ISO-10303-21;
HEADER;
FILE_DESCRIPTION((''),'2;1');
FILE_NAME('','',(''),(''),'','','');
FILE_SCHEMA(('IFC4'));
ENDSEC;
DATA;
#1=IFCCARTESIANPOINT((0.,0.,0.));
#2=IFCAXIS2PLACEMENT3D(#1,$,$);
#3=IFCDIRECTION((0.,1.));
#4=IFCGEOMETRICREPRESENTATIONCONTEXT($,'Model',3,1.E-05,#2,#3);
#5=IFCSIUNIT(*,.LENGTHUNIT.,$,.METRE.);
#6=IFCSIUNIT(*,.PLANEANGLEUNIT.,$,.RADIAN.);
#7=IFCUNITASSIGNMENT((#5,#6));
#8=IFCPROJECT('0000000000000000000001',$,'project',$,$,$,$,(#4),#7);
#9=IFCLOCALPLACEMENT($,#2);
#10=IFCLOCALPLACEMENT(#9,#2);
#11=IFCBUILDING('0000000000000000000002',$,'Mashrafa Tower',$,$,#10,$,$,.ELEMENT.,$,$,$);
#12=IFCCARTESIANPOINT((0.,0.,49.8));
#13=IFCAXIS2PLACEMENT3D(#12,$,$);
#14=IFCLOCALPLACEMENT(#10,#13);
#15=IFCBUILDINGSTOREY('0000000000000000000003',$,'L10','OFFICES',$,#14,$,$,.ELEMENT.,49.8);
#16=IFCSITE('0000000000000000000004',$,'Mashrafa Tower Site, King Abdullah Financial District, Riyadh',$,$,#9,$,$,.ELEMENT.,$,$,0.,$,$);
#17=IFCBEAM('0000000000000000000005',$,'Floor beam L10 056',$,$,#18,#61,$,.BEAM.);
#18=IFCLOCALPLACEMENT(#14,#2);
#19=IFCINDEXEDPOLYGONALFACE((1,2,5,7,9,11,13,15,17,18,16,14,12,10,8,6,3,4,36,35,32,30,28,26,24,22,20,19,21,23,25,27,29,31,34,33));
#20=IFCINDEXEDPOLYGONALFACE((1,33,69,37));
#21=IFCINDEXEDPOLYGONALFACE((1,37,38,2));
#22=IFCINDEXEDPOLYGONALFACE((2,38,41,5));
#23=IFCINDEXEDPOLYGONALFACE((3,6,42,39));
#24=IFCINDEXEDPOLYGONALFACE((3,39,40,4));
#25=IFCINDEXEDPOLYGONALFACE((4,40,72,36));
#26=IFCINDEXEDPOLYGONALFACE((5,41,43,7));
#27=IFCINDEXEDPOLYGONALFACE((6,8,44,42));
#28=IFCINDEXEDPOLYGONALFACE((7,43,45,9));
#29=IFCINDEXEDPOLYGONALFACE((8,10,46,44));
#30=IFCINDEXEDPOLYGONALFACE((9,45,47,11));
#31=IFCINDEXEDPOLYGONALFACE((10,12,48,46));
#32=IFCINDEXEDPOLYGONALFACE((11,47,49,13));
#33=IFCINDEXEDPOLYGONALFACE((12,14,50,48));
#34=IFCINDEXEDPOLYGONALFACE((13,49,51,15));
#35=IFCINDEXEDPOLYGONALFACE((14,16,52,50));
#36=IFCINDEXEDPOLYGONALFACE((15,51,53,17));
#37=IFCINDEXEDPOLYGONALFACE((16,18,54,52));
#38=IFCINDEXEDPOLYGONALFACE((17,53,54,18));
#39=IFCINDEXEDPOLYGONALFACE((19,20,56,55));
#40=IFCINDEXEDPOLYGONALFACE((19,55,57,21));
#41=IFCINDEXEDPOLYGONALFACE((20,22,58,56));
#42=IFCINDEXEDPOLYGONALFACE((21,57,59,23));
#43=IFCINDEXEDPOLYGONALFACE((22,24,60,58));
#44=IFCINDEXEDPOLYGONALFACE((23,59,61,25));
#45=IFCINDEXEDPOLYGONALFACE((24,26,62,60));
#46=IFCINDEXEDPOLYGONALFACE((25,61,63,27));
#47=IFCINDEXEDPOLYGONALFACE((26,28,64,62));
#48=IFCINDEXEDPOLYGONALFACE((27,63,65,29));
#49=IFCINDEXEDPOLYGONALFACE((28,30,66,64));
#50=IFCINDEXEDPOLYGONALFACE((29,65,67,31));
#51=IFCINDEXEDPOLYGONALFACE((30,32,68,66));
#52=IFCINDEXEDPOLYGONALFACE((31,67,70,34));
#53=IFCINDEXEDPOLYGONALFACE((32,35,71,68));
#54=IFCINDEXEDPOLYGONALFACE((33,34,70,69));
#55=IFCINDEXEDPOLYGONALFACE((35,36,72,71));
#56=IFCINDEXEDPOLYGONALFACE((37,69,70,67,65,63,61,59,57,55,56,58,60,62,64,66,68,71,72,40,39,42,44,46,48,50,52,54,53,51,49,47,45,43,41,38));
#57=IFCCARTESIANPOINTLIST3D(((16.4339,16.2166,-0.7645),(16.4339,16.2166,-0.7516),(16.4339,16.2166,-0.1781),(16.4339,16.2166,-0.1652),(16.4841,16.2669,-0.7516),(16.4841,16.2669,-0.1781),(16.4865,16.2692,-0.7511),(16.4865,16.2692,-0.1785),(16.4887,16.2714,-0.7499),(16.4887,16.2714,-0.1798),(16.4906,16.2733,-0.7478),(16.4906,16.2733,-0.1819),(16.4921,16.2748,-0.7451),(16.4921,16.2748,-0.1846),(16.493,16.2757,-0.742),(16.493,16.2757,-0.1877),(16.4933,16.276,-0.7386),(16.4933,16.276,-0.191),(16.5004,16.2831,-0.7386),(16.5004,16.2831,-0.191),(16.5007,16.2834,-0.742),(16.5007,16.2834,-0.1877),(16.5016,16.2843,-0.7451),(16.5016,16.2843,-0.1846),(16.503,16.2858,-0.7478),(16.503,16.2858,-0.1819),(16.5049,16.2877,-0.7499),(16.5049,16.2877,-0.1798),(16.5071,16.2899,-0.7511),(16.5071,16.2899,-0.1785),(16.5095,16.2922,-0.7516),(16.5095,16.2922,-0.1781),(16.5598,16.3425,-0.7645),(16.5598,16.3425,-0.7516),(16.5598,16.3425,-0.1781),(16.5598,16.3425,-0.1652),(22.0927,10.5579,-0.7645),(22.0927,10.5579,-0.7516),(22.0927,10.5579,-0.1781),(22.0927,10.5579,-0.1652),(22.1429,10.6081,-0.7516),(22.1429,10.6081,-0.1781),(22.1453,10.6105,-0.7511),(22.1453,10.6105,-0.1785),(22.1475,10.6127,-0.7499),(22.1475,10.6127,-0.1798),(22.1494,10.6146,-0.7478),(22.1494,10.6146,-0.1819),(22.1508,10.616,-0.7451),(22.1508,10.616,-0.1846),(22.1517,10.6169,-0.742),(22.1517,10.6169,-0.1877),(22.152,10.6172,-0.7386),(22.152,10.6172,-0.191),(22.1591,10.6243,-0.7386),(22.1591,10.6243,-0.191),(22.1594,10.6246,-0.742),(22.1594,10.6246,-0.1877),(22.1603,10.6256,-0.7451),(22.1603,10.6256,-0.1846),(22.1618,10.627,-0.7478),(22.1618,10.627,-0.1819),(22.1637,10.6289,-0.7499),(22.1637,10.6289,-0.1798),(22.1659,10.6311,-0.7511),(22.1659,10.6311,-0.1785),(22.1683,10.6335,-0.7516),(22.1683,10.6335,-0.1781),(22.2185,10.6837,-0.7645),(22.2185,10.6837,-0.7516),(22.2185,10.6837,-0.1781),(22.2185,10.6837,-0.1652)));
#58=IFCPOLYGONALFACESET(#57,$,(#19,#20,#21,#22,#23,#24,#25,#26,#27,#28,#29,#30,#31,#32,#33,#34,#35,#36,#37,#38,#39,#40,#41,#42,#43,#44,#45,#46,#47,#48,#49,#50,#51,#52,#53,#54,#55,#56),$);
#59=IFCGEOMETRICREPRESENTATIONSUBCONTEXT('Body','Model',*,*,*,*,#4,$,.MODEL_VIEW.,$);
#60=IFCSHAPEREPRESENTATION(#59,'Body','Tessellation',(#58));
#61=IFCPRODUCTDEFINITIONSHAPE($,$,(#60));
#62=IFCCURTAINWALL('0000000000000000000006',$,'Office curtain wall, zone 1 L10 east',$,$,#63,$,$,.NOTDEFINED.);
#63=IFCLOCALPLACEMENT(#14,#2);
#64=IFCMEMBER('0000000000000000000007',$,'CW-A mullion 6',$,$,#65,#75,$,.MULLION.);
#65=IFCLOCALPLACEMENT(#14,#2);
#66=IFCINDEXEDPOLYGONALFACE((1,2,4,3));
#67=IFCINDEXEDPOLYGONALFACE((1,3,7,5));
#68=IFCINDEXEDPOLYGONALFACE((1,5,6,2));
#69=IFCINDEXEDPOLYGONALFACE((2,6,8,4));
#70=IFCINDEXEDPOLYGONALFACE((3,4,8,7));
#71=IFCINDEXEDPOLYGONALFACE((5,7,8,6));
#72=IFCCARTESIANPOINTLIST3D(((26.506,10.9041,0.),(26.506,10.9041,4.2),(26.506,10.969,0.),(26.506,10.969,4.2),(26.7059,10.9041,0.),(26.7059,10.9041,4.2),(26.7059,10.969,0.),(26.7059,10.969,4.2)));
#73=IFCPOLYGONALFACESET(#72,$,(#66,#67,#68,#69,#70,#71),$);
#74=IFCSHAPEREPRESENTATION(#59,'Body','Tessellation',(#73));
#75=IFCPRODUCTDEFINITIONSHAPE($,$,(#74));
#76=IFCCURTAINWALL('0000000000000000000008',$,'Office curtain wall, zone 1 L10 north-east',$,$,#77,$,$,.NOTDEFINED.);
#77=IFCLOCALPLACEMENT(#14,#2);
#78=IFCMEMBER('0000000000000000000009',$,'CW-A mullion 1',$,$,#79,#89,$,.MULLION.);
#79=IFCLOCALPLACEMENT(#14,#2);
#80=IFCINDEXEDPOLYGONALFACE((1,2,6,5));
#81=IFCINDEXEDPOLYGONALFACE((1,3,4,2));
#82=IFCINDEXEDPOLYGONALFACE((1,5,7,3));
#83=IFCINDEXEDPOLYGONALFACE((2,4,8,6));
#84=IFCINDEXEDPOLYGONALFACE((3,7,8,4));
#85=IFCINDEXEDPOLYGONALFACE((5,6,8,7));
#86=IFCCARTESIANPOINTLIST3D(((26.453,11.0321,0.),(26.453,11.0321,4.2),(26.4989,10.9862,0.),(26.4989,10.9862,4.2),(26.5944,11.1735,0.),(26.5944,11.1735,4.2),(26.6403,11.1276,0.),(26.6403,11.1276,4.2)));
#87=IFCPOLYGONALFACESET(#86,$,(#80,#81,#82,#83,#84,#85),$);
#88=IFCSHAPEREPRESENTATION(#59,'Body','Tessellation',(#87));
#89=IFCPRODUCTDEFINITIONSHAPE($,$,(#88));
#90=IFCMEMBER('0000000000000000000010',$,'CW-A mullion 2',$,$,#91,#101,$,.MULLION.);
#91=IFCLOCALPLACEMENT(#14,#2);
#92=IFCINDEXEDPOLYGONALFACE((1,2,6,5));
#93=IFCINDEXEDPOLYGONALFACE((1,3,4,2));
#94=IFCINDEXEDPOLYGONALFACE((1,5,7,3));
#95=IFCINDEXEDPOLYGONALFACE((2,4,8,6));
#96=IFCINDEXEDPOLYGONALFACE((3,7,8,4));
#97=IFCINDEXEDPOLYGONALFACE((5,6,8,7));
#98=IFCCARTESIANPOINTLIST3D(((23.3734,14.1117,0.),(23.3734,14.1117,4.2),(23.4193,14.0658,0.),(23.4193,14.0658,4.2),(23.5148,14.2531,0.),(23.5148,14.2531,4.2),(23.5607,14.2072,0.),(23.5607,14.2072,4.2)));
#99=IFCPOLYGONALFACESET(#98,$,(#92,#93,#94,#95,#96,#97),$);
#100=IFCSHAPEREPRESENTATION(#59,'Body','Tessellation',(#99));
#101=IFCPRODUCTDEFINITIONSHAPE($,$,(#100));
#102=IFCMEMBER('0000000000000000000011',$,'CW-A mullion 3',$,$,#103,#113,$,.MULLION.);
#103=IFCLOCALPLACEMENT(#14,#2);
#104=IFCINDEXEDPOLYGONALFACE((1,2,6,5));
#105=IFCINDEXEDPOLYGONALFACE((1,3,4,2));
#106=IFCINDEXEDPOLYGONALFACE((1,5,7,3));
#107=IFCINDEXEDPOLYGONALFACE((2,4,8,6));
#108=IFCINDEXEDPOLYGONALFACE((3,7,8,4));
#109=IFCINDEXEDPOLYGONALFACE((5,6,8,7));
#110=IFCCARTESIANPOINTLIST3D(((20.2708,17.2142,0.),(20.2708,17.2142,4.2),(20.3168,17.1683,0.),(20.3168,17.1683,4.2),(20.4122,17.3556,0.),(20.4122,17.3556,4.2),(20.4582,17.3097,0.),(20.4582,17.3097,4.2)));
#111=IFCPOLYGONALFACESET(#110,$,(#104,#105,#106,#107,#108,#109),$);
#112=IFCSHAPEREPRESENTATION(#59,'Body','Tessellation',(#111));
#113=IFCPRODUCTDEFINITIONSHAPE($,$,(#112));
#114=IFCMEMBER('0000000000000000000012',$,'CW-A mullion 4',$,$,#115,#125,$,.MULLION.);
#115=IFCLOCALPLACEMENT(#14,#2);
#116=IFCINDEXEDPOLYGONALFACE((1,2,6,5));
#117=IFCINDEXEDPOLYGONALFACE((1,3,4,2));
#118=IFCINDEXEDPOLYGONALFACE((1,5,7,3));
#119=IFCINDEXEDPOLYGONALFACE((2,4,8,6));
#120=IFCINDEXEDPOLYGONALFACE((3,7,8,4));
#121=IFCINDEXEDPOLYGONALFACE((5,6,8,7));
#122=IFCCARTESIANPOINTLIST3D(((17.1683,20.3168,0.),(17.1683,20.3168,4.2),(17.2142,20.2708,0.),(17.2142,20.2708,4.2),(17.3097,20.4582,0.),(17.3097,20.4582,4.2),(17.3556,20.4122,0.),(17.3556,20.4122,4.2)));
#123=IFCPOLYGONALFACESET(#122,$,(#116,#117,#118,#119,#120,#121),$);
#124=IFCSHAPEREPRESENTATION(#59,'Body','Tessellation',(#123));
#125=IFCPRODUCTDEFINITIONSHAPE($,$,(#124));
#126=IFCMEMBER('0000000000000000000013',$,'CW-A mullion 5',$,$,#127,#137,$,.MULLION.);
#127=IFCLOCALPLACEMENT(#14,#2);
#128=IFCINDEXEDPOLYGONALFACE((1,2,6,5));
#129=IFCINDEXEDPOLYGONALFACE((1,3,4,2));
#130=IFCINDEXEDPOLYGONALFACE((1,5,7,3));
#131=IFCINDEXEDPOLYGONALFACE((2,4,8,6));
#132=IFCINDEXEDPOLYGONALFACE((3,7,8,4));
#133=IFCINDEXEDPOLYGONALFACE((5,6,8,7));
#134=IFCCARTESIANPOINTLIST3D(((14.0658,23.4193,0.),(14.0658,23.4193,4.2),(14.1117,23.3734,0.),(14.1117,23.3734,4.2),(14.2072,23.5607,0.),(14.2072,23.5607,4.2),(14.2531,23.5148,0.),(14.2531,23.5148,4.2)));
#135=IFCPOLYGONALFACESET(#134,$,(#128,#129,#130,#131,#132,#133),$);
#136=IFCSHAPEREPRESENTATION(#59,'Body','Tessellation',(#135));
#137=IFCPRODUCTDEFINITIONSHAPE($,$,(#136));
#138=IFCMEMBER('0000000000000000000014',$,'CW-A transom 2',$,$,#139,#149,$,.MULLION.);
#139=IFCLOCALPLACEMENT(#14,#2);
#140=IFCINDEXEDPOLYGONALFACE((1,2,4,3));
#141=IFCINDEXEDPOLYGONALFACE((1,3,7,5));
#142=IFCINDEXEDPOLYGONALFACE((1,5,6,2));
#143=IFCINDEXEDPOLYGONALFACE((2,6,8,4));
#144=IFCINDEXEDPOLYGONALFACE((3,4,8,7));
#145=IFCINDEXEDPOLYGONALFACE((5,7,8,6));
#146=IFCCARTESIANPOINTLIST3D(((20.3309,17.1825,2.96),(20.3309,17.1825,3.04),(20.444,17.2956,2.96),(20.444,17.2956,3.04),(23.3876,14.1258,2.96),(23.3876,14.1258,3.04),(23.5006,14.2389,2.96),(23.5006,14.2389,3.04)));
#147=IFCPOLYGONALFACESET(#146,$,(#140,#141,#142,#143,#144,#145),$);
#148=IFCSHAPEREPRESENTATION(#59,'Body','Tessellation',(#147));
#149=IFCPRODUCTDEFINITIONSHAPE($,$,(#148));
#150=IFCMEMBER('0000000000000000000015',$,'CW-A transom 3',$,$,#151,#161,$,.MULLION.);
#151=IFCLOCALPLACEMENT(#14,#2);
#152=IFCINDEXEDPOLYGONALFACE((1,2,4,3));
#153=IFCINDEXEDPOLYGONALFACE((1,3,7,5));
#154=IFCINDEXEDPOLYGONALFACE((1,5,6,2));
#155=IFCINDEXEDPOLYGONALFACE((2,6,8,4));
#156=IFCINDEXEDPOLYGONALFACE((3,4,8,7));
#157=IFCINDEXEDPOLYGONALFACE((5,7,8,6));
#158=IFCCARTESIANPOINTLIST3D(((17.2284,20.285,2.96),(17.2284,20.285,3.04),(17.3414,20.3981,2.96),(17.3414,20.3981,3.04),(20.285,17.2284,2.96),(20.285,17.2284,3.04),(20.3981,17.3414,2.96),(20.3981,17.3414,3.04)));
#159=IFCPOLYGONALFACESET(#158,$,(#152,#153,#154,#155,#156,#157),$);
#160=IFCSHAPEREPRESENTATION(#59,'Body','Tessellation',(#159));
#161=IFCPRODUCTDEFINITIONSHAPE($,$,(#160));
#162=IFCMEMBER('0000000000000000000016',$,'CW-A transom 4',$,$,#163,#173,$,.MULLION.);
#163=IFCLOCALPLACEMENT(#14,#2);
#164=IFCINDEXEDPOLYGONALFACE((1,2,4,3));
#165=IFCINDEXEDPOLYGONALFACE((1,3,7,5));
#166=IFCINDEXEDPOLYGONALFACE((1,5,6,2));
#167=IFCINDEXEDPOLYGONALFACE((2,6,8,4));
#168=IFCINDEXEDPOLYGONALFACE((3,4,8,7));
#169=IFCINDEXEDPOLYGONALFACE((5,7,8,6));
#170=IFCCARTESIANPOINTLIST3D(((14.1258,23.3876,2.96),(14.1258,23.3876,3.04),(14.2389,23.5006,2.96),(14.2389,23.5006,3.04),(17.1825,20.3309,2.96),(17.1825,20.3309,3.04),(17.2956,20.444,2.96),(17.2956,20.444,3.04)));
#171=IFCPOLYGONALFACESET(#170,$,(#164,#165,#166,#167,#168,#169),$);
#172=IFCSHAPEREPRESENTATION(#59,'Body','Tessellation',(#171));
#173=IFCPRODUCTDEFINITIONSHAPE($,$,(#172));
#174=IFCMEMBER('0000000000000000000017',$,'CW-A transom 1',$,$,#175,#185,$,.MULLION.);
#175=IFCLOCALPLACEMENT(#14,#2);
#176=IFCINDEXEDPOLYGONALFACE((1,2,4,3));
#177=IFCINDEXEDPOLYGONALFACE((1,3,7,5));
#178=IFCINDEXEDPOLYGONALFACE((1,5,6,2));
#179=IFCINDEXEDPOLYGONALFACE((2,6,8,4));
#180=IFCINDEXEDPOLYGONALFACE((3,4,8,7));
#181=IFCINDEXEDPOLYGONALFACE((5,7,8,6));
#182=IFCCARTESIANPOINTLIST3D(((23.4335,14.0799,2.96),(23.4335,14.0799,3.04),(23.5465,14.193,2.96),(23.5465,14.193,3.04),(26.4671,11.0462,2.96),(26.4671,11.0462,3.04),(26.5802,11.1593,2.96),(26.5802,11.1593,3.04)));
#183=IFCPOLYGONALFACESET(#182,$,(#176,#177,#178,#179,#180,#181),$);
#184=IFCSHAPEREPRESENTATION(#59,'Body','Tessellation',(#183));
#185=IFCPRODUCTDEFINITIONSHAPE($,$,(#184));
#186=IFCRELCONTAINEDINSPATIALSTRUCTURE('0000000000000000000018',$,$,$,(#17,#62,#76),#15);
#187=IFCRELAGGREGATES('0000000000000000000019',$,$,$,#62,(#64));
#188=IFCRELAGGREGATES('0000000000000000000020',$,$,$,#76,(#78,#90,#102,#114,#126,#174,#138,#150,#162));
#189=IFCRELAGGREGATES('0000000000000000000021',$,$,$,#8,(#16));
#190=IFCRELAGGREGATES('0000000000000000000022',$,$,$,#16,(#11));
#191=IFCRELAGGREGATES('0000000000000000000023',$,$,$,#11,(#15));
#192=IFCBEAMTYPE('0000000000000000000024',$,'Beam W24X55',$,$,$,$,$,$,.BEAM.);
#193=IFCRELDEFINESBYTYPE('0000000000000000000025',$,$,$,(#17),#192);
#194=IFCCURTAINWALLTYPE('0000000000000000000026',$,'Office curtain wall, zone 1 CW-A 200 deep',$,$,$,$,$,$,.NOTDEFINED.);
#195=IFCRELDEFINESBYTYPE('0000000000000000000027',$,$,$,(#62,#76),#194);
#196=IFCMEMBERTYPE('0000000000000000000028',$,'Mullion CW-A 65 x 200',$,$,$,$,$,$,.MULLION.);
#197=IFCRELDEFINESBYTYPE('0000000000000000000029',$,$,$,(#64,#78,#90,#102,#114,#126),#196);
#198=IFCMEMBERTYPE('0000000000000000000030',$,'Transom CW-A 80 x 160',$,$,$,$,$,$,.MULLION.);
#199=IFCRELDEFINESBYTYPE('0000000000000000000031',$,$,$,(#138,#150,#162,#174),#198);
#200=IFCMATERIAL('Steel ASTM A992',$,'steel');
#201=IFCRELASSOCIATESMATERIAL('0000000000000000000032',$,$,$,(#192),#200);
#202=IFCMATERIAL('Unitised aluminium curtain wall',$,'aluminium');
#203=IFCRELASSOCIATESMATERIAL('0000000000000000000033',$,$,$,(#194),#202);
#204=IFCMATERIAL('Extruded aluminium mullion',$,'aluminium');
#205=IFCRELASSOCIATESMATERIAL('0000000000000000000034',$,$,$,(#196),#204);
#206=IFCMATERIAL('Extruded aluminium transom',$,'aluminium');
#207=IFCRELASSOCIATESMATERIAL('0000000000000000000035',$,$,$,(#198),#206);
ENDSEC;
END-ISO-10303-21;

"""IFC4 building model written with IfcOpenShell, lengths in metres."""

from ifc_helpers import new_model, si_unit, direction, frame, origin, origin_2d, place, context, subcontext, project, spatial, rectangle, i_section, extrude, source, transform, mapped, material, material_profile, profile_set, type_object, type_shapes, element, aggregate, save


model = new_model("IFC4")

# Units and contexts
model_context = context("Model", 3, precision=1e-05, world=origin(), true_north=direction((0.0, 1.0)))
body_context = subcontext(model_context, "Body", "Model", "MODEL_VIEW")
ifc_project = project(units=[si_unit("LENGTHUNIT", "METRE"), si_unit("PLANEANGLEUNIT", "RADIAN")], contexts=[model_context])

# Site, building, storey
site_placement = place(None, origin())
site = spatial("IfcSite", under=ifc_project, at=site_placement, Name="Mashrafa Tower Site, King Abdullah Financial District, Riyadh", CompositionType="ELEMENT", RefElevation=0.0)
building_placement = place(site_placement, origin())
building = spatial("IfcBuilding", under=site, at=building_placement, Name="Mashrafa Tower", CompositionType="ELEMENT")
storey_placement = place(building_placement, frame((0.0, 0.0, 49.8)))
storey = spatial("IfcBuildingStorey", under=building, at=storey_placement, Name="L10", Description="OFFICES", CompositionType="ELEMENT", Elevation=49.8)

# Beam
ifc_material_1 = material(Name="Steel ASTM A992", Category="steel")
ifc_material_profile_1 = material_profile(ifc_material_1, i_section(OverallWidth=0.178, OverallDepth=0.5994, WebThickness=0.01, FlangeThickness=0.0129, FilletRadius=0.0129, at=origin_2d()), Name="W24X55")
ifc_profile_set_1 = profile_set([ifc_material_profile_1], Name="Steel ASTM A992")
beam_type_1 = type_object("IfcBeamType", Name="Beam W24X55", PredefinedType="BEAM", material=ifc_profile_set_1)
beam_1_placement = place(storey_placement, frame((16.4968, 16.2795, -0.4648), z_axis=(0.707107, -0.707107, 0.0), x_axis=(0.707107, 0.707107, 0.0)))
element("IfcBeam", 1, at=beam_1_placement, inside=storey, type_object=beam_type_1, Name="Floor beam L10 056", PredefinedType="BEAM", context=body_context, shape_type="SweptSolid", body=[
    extrude(i_section(OverallWidth=0.178, OverallDepth=0.5994, WebThickness=0.01, FlangeThickness=0.0129, FilletRadius=0.0129, at=origin_2d()), origin(), (0.0, 0.0, 1.0), 8.0027),
])

# Curtain wall, member
ifc_material_2 = material(Name="Unitised aluminium curtain wall", Category="aluminium")
curtain_wall_type = type_object("IfcCurtainWallType", Name="Office curtain wall, zone 1 CW-A 200 deep", PredefinedType="NOTDEFINED", material=ifc_material_2)
curtain_wall_1_placement = place(storey_placement, origin())
curtain_wall_1 = element("IfcCurtainWall", 2, at=curtain_wall_1_placement, inside=storey, type_object=curtain_wall_type, Name="Office curtain wall, zone 1 L10 east", PredefinedType="NOTDEFINED")
ifc_material_3 = material(Name="Extruded aluminium mullion", Category="aluminium")
ifc_material_profile_2 = material_profile(ifc_material_3, rectangle(XDim=0.2, YDim=0.0649, at=origin_2d()), Name="Mullion 65x200")
ifc_profile_set_2 = profile_set([ifc_material_profile_2], Name="Extruded aluminium mullion")
member_type_1 = type_object("IfcMemberType", Name="Mullion CW-A 65 x 200", PredefinedType="MULLION", material=ifc_profile_set_2)
shared_shape_1 = source(origin(), body_context, "Body", "SweptSolid", [
    extrude(rectangle(XDim=0.2, YDim=0.0649, at=origin_2d()), origin(), (0.0, 0.0, 1.0), 4.2),
])
type_shapes(member_type_1, [shared_shape_1])
member_1_placement = place(storey_placement, frame((26.606, 10.9365, 0.0), z_axis=(0.0, 0.0, 1.0), x_axis=(-1.0, 0.0, 0.0)))
member_1 = element("IfcMember", 3, at=member_1_placement, type_object=member_type_1, Name="CW-A mullion 6", PredefinedType="MULLION", context=body_context, shape_type="MappedRepresentation", body=[
    mapped(shared_shape_1, transform((0.0, 0.0, 0.0))),
])
aggregate(curtain_wall_1, [member_1])

# Curtain wall, members
curtain_wall_2_placement = place(storey_placement, origin())
curtain_wall_2 = element("IfcCurtainWall", 4, at=curtain_wall_2_placement, inside=storey, type_object=curtain_wall_type, Name="Office curtain wall, zone 1 L10 north-east", PredefinedType="NOTDEFINED")
member_2_placement = place(storey_placement, frame((26.5466, 11.0798, 0.0), z_axis=(0.0, 0.0, 1.0), x_axis=(-0.707107, -0.707107, 0.0)))
member_2 = element("IfcMember", 5, at=member_2_placement, type_object=member_type_1, Name="CW-A mullion 1", PredefinedType="MULLION", context=body_context, shape_type="MappedRepresentation", body=[
    mapped(shared_shape_1, transform((0.0, 0.0, 0.0))),
])
member_3_placement = place(storey_placement, frame((23.467, 14.1594, 0.0), z_axis=(0.0, 0.0, 1.0), x_axis=(-0.707107, -0.707107, 0.0)))
member_3 = element("IfcMember", 6, at=member_3_placement, type_object=member_type_1, Name="CW-A mullion 2", PredefinedType="MULLION", context=body_context, shape_type="MappedRepresentation", body=[
    mapped(shared_shape_1, transform((0.0, 0.0, 0.0))),
])
member_4_placement = place(storey_placement, frame((20.3645, 17.262, 0.0), z_axis=(0.0, 0.0, 1.0), x_axis=(-0.707107, -0.707107, 0.0)))
member_4 = element("IfcMember", 7, at=member_4_placement, type_object=member_type_1, Name="CW-A mullion 3", PredefinedType="MULLION", context=body_context, shape_type="MappedRepresentation", body=[
    mapped(shared_shape_1, transform((0.0, 0.0, 0.0))),
])
member_5_placement = place(storey_placement, frame((17.262, 20.3645, 0.0), z_axis=(0.0, 0.0, 1.0), x_axis=(-0.707107, -0.707107, 0.0)))
member_5 = element("IfcMember", 8, at=member_5_placement, type_object=member_type_1, Name="CW-A mullion 4", PredefinedType="MULLION", context=body_context, shape_type="MappedRepresentation", body=[
    mapped(shared_shape_1, transform((0.0, 0.0, 0.0))),
])
member_6_placement = place(storey_placement, frame((14.1594, 23.467, 0.0), z_axis=(0.0, 0.0, 1.0), x_axis=(-0.707107, -0.707107, 0.0)))
member_6 = element("IfcMember", 9, at=member_6_placement, type_object=member_type_1, Name="CW-A mullion 5", PredefinedType="MULLION", context=body_context, shape_type="MappedRepresentation", body=[
    mapped(shared_shape_1, transform((0.0, 0.0, 0.0))),
])
ifc_material_4 = material(Name="Extruded aluminium transom", Category="aluminium")
ifc_material_profile_3 = material_profile(ifc_material_4, rectangle(XDim=0.1599, YDim=0.0801, at=origin_2d()), Name="Transom 80x160")
ifc_profile_set_3 = profile_set([ifc_material_profile_3], Name="Extruded aluminium transom")
member_type_2 = type_object("IfcMemberType", Name="Transom CW-A 80 x 160", PredefinedType="MULLION", material=ifc_profile_set_3)
shared_shape_2 = source(origin(), body_context, "Body", "SweptSolid", [
    extrude(rectangle(XDim=0.1599, YDim=0.0801, at=origin_2d()), origin(), (0.0, 0.0, 1.0), 4.3228),
])
member_7_placement = place(storey_placement, frame((23.4441, 14.1824, 3.0), z_axis=(-0.707107, 0.707107, 0.0), x_axis=(-0.707107, -0.707107, 0.0)))
member_7 = element("IfcMember", 10, at=member_7_placement, type_object=member_type_2, Name="CW-A transom 2", PredefinedType="MULLION", context=body_context, shape_type="MappedRepresentation", body=[
    mapped(shared_shape_2, transform((0.0, 0.0, 0.0))),
])
member_8_placement = place(storey_placement, frame((20.3416, 17.2849, 3.0), z_axis=(-0.707107, 0.707107, 0.0), x_axis=(-0.707107, -0.707107, 0.0)))
member_8 = element("IfcMember", 11, at=member_8_placement, type_object=member_type_2, Name="CW-A transom 3", PredefinedType="MULLION", context=body_context, shape_type="MappedRepresentation", body=[
    mapped(shared_shape_2, transform((0.0, 0.0, 0.0))),
])
member_9_placement = place(storey_placement, frame((17.239, 20.3875, 3.0), z_axis=(-0.707107, 0.707107, 0.0), x_axis=(-0.707107, -0.707107, 0.0)))
member_9 = element("IfcMember", 12, at=member_9_placement, type_object=member_type_2, Name="CW-A transom 4", PredefinedType="MULLION", context=body_context, shape_type="MappedRepresentation", body=[
    mapped(shared_shape_2, transform((0.0, 0.0, 0.0))),
])
shared_shape_3 = source(origin(), body_context, "Body", "SweptSolid", [
    extrude(rectangle(XDim=0.1599, YDim=0.0801, at=origin_2d()), origin(), (0.0, 0.0, 1.0), 4.2903),
])
type_shapes(member_type_2, [shared_shape_2, shared_shape_3])
member_10_placement = place(storey_placement, frame((26.5237, 11.1028, 3.0), z_axis=(-0.707107, 0.707107, 0.0), x_axis=(-0.707107, -0.707107, 0.0)))
member_10 = element("IfcMember", 13, at=member_10_placement, type_object=member_type_2, Name="CW-A transom 1", PredefinedType="MULLION", context=body_context, shape_type="MappedRepresentation", body=[
    mapped(shared_shape_3, transform((0.0, 0.0, 0.0))),
])
aggregate(curtain_wall_2, [member_2, member_3, member_4, member_5, member_6, member_10, member_7, member_8, member_9])

save(model, "model.ifc")
